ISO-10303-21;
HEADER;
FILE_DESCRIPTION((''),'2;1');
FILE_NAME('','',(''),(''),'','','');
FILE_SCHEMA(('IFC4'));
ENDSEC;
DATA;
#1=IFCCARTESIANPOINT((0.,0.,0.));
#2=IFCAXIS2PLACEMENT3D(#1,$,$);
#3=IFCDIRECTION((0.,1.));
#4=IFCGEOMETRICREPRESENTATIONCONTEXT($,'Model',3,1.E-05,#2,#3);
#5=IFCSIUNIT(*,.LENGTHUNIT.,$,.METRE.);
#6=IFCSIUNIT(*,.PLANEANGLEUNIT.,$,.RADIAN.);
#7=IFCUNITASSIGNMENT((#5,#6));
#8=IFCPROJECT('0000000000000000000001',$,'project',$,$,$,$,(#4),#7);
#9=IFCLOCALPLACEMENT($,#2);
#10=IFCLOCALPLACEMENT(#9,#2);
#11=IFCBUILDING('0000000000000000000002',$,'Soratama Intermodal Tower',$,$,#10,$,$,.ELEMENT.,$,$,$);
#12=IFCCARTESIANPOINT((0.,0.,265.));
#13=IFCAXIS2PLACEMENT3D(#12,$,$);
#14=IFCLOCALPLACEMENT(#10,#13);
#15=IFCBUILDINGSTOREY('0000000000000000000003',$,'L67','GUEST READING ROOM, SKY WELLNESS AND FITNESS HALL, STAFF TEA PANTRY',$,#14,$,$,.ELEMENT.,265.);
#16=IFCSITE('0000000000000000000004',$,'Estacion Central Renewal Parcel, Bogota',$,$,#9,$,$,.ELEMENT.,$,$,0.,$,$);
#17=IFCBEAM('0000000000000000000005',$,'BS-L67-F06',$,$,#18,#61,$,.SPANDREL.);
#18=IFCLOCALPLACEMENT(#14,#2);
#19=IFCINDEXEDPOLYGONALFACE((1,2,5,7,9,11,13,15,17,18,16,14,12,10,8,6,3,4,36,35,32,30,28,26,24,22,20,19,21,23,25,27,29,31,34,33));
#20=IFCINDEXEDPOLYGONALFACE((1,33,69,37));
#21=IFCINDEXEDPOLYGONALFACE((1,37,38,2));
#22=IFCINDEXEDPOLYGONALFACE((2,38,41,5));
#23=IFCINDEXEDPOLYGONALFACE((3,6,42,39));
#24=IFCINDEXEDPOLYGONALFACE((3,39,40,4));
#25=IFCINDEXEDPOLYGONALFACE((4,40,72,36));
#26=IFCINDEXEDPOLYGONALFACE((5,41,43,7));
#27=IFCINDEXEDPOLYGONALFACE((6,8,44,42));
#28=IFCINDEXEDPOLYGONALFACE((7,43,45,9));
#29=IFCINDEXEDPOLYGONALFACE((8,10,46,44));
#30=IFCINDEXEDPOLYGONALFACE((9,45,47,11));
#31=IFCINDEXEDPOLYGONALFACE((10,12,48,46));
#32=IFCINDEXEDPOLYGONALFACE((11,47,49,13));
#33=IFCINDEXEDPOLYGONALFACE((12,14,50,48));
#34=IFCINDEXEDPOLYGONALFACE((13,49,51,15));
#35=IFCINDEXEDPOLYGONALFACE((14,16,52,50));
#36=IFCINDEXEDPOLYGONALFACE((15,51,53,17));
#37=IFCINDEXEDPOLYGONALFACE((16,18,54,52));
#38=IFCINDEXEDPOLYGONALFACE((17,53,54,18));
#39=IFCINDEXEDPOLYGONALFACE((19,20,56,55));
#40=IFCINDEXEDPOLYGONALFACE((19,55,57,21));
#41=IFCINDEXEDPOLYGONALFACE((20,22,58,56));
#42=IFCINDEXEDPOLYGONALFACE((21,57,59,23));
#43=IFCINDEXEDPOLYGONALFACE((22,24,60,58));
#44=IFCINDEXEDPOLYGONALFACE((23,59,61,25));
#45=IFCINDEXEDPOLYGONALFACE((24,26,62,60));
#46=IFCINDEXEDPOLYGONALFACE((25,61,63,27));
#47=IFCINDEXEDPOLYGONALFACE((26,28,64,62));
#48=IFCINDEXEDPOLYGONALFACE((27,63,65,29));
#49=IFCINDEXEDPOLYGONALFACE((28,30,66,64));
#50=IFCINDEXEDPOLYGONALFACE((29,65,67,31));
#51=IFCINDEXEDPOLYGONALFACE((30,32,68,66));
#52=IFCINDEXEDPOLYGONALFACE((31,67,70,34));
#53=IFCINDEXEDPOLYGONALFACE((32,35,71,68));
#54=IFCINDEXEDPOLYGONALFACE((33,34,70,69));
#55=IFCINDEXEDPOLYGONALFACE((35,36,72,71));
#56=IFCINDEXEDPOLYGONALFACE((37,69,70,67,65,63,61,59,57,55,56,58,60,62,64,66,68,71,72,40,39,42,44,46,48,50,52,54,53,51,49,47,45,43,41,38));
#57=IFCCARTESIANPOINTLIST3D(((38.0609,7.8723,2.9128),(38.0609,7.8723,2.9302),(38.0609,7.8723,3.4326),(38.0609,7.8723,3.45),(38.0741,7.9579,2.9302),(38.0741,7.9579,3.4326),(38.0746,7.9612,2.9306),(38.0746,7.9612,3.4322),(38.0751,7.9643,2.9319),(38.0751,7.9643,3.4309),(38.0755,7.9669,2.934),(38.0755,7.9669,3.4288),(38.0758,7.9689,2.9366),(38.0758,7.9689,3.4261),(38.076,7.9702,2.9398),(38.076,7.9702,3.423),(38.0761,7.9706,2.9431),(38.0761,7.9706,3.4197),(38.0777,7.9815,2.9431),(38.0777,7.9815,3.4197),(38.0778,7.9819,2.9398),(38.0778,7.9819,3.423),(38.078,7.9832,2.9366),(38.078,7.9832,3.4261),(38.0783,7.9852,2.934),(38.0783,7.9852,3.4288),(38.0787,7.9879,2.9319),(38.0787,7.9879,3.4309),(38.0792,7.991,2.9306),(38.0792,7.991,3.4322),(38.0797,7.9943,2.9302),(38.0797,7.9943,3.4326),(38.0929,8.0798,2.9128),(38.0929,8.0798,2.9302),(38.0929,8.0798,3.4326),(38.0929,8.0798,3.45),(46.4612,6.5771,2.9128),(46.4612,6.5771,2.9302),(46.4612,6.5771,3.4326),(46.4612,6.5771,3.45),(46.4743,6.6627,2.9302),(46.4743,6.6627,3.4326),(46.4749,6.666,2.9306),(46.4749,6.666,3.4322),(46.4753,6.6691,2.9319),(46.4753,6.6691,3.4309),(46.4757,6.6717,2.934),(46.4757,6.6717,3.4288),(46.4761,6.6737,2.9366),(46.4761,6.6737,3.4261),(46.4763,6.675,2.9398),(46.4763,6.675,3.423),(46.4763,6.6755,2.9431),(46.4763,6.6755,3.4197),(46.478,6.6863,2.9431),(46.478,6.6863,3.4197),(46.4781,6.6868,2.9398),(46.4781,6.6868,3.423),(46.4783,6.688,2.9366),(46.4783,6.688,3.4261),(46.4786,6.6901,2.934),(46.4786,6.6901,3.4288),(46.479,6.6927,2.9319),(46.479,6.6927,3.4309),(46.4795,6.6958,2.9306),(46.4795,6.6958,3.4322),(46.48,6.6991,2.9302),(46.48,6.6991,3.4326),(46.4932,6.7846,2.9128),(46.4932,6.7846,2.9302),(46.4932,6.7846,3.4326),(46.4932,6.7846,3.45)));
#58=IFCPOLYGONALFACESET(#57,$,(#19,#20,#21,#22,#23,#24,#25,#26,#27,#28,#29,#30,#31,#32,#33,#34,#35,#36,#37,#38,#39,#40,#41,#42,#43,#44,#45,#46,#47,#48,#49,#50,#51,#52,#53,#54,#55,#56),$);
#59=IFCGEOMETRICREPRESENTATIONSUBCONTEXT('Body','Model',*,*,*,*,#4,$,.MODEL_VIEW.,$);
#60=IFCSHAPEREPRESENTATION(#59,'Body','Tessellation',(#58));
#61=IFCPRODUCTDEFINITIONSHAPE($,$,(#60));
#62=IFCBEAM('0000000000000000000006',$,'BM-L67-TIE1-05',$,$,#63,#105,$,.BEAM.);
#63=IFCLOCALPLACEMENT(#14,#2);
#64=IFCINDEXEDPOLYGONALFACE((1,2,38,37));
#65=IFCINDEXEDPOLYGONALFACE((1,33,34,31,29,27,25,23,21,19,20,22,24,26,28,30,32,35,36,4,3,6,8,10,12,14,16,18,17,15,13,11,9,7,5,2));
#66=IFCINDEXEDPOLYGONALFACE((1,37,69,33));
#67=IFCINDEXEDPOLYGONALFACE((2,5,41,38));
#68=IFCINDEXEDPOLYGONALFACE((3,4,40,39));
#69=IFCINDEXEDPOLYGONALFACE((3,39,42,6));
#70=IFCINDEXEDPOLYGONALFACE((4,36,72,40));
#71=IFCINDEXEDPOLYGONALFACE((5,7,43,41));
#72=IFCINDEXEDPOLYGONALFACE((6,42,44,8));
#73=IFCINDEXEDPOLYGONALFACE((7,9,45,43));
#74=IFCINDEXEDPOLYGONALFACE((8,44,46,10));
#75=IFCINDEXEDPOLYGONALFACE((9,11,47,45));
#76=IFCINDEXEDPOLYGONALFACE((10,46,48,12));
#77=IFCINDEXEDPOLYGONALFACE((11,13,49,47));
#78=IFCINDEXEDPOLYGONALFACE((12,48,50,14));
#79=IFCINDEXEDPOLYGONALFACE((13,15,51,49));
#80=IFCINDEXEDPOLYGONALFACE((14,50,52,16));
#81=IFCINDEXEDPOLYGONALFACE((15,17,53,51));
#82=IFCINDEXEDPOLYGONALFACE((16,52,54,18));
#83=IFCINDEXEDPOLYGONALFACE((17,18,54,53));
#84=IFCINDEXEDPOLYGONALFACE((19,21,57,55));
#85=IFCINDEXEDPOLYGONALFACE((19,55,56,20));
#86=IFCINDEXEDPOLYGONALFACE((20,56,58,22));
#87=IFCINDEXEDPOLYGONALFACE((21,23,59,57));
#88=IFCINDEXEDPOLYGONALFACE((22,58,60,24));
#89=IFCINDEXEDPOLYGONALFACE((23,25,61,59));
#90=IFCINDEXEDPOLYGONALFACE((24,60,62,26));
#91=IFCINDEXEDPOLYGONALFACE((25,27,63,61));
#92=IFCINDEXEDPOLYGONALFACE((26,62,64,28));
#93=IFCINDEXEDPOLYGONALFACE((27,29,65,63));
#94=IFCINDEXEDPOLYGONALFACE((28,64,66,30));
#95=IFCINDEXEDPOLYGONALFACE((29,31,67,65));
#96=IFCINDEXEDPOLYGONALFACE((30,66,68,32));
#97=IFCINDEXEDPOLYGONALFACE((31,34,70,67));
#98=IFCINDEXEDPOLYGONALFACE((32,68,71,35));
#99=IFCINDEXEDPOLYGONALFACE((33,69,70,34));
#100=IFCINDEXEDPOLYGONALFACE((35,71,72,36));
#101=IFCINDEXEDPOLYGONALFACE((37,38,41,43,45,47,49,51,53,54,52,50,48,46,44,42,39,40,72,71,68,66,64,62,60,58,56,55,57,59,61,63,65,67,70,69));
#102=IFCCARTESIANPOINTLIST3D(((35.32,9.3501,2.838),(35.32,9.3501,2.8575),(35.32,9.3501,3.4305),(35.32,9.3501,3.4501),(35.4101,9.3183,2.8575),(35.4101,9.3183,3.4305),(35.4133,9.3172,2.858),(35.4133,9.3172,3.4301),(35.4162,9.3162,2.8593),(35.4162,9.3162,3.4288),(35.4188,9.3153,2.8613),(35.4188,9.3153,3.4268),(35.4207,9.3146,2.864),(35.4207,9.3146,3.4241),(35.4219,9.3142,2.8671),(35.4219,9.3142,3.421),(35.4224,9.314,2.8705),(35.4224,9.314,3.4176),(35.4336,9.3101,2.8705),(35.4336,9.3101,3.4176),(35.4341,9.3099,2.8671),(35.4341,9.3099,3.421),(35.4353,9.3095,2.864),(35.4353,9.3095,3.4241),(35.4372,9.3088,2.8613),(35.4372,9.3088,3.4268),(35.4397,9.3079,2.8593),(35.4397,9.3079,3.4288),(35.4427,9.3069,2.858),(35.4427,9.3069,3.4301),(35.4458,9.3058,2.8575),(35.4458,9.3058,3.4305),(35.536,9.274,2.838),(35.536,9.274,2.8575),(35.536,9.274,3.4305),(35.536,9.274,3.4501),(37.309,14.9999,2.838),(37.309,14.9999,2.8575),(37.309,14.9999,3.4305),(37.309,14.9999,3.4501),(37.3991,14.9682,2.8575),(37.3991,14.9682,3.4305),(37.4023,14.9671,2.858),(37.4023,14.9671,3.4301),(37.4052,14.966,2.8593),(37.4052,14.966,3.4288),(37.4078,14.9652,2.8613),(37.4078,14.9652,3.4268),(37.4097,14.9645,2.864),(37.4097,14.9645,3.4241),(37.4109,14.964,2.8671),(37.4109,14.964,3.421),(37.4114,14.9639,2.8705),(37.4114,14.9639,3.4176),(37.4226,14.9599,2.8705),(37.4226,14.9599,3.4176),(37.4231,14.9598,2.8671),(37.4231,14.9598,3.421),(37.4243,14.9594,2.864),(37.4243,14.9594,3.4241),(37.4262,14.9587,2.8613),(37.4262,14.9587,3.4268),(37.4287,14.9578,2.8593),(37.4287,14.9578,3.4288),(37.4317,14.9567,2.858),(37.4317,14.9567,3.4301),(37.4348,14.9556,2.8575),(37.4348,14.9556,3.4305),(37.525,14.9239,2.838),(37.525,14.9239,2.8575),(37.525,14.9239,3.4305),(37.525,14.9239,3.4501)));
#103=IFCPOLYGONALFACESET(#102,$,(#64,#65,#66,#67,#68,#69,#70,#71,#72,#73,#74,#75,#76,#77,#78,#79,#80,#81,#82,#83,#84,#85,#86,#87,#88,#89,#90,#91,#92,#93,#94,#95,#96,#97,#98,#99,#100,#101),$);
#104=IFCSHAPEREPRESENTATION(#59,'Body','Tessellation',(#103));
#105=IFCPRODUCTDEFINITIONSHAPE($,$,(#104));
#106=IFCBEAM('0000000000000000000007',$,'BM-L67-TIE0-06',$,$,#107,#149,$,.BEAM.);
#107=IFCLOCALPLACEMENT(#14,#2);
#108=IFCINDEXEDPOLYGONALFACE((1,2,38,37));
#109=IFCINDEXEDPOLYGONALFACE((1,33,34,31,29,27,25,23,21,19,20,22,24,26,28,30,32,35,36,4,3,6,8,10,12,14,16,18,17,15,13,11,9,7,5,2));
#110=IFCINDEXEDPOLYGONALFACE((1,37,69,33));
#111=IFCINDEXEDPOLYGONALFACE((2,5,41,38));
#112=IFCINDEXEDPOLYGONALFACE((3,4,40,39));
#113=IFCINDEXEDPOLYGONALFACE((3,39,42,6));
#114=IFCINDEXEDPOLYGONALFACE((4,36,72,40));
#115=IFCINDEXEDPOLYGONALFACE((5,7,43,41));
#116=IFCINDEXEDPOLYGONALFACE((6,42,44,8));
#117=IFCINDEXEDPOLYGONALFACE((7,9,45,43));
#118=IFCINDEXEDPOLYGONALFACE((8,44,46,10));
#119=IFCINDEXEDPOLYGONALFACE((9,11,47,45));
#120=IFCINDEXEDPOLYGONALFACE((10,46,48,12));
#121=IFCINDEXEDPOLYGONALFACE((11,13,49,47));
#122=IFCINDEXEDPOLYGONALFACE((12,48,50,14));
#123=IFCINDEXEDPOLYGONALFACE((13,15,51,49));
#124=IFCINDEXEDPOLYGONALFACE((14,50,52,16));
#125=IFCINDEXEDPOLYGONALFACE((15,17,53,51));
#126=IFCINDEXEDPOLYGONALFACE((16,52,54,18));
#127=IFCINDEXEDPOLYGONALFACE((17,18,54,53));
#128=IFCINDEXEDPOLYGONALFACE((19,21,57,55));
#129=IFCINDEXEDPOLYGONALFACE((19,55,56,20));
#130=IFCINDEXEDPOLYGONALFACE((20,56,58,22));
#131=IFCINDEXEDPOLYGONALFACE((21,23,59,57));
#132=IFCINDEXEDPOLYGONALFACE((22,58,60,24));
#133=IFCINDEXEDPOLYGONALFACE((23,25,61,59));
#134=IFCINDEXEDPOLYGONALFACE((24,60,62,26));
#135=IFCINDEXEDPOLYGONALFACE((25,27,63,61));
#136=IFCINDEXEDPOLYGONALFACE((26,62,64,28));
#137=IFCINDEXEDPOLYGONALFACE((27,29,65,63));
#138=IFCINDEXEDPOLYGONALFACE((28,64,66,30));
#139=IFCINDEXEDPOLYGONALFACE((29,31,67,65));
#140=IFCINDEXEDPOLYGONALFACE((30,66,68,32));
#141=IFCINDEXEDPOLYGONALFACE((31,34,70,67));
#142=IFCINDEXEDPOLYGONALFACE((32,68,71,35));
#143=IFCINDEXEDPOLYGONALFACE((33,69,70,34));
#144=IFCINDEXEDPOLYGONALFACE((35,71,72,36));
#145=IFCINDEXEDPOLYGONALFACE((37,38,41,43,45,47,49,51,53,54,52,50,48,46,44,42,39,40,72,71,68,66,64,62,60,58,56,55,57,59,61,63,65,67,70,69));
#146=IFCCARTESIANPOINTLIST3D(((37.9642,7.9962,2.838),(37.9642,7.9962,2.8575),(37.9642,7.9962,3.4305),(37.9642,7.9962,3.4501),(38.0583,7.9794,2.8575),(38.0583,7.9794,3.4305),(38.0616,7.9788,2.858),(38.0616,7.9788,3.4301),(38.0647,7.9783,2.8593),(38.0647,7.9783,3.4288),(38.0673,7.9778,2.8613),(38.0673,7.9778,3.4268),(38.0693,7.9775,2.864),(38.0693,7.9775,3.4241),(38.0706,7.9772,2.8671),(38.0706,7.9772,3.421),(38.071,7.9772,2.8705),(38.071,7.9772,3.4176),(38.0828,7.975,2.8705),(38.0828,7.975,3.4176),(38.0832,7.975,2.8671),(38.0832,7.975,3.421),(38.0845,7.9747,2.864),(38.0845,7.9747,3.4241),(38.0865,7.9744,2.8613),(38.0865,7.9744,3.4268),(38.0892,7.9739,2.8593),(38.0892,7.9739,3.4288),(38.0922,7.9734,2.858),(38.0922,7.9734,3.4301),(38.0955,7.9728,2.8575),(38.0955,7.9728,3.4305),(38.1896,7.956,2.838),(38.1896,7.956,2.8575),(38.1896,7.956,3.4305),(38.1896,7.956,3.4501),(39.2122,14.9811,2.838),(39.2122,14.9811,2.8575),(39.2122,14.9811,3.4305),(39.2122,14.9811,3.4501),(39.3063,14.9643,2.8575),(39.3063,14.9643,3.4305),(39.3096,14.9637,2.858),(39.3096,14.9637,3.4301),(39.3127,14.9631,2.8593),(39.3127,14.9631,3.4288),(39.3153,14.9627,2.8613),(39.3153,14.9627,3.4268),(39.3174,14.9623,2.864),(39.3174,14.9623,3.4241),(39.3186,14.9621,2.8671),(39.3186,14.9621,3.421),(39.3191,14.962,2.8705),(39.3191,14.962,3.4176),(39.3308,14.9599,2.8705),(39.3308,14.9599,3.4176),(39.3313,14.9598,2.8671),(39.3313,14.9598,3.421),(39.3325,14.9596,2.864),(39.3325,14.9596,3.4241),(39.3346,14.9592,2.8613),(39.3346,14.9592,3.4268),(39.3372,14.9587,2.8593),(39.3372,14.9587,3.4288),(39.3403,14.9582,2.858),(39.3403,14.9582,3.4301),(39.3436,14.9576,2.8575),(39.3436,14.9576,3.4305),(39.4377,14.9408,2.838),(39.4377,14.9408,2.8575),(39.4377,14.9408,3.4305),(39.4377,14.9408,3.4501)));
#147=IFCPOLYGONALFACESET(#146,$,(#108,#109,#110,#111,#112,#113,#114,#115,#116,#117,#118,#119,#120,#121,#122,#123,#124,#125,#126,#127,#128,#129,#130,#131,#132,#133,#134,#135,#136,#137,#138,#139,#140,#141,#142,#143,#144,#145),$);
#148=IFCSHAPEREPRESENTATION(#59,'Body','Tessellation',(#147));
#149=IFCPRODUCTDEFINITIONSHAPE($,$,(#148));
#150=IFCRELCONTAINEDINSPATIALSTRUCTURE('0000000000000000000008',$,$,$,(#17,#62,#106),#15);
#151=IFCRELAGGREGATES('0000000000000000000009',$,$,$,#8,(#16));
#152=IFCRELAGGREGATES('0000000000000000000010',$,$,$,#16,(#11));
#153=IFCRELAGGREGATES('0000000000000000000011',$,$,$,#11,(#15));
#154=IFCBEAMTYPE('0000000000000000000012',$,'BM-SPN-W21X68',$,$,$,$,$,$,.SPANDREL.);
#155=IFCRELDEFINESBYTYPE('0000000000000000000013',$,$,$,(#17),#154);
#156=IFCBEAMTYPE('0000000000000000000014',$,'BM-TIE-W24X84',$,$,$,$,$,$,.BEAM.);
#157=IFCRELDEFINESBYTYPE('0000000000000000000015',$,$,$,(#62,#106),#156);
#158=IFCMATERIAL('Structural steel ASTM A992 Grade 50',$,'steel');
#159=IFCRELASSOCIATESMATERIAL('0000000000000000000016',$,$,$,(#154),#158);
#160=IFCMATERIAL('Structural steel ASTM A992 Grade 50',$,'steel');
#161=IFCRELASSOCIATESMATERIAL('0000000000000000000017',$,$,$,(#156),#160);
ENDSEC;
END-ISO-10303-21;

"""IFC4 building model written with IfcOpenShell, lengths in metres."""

from ifc_helpers import new_model, si_unit, direction, frame, origin, origin_2d, place, context, subcontext, project, spatial, i_section, extrude, material, material_profile, profile_set, type_object, element, save


model = new_model("IFC4")

# Units and contexts
model_context = context("Model", 3, precision=1e-05, world=origin(), true_north=direction((0.0, 1.0)))
body_context = subcontext(model_context, "Body", "Model", "MODEL_VIEW")
ifc_project = project(units=[si_unit("LENGTHUNIT", "METRE"), si_unit("PLANEANGLEUNIT", "RADIAN")], contexts=[model_context])

# Site, building, storey
site_placement = place(None, origin())
site = spatial("IfcSite", under=ifc_project, at=site_placement, Name="Estacion Central Renewal Parcel, Bogota", CompositionType="ELEMENT", RefElevation=0.0)
building_placement = place(site_placement, origin())
building = spatial("IfcBuilding", under=site, at=building_placement, Name="Soratama Intermodal Tower", CompositionType="ELEMENT")
storey_placement = place(building_placement, frame((0.0, 0.0, 265.0)))
storey = spatial("IfcBuildingStorey", under=building, at=storey_placement, Name="L67", Description="GUEST READING ROOM, SKY WELLNESS AND FITNESS HALL, STAFF TEA PANTRY", CompositionType="ELEMENT", Elevation=265.0)

# Beams
ifc_material_1 = material(Name="Structural steel ASTM A992 Grade 50", Category="steel")
ifc_material_profile_1 = material_profile(ifc_material_1, i_section(OverallWidth=0.21, OverallDepth=0.5371, WebThickness=0.011, FlangeThickness=0.0173, FilletRadius=0.0129, at=origin_2d()), Name="W21X68")
ifc_profile_set_1 = profile_set([ifc_material_profile_1], Name="Structural steel ASTM A992 Grade 50")
beam_type_1 = type_object("IfcBeamType", Name="BM-SPN-W21X68", PredefinedType="SPANDREL", material=ifc_profile_set_1)
beam_1_placement = place(storey_placement, frame((38.0769, 7.9761, 3.1814), z_axis=(0.988322, -0.152383, 0.0), x_axis=(0.152383, 0.988322, 0.0)))
element("IfcBeam", 1, at=beam_1_placement, inside=storey, type_object=beam_type_1, Name="BS-L67-F06", PredefinedType="SPANDREL", context=body_context, shape_type="SweptSolid", body=[
    extrude(i_section(OverallWidth=0.21, OverallDepth=0.5371, WebThickness=0.011, FlangeThickness=0.0173, FilletRadius=0.0129, at=origin_2d()), origin(), (0.0, 0.0, 1.0), 8.4995),
])
ifc_material_2 = material(Name="Structural steel ASTM A992 Grade 50", Category="steel")
ifc_material_profile_2 = material_profile(ifc_material_2, i_section(OverallWidth=0.229, OverallDepth=0.6121, WebThickness=0.012, FlangeThickness=0.0195, FilletRadius=0.0129, at=origin_2d()), Name="W24X84")
ifc_profile_set_2 = profile_set([ifc_material_profile_2], Name="Structural steel ASTM A992 Grade 50")
beam_type_2 = type_object("IfcBeamType", Name="BM-TIE-W24X84", PredefinedType="BEAM", material=ifc_profile_set_2)
beam_2_placement = place(storey_placement, frame((37.417, 14.9619, 3.144), z_axis=(-0.332067, -0.943256, 0.0), x_axis=(0.943256, -0.332067, 0.0)))
element("IfcBeam", 2, at=beam_2_placement, inside=storey, type_object=beam_type_2, Name="BM-L67-TIE1-05", PredefinedType="BEAM", context=body_context, shape_type="SweptSolid", body=[
    extrude(i_section(OverallWidth=0.229, OverallDepth=0.6121, WebThickness=0.012, FlangeThickness=0.0195, FilletRadius=0.0129, at=origin_2d()), origin(), (0.0, 0.0, 1.0), 5.9897),
])
beam_3_placement = place(storey_placement, frame((39.325, 14.9609, 3.144), z_axis=(-0.175893, -0.984409, 0.0), x_axis=(0.984409, -0.175893, 0.0)))
element("IfcBeam", 3, at=beam_3_placement, inside=storey, type_object=beam_type_2, Name="BM-L67-TIE0-06", PredefinedType="BEAM", context=body_context, shape_type="SweptSolid", body=[
    extrude(i_section(OverallWidth=0.229, OverallDepth=0.6121, WebThickness=0.012, FlangeThickness=0.0195, FilletRadius=0.0129, at=origin_2d()), origin(), (0.0, 0.0, 1.0), 7.0955),
])

save(model, "model.ifc")
